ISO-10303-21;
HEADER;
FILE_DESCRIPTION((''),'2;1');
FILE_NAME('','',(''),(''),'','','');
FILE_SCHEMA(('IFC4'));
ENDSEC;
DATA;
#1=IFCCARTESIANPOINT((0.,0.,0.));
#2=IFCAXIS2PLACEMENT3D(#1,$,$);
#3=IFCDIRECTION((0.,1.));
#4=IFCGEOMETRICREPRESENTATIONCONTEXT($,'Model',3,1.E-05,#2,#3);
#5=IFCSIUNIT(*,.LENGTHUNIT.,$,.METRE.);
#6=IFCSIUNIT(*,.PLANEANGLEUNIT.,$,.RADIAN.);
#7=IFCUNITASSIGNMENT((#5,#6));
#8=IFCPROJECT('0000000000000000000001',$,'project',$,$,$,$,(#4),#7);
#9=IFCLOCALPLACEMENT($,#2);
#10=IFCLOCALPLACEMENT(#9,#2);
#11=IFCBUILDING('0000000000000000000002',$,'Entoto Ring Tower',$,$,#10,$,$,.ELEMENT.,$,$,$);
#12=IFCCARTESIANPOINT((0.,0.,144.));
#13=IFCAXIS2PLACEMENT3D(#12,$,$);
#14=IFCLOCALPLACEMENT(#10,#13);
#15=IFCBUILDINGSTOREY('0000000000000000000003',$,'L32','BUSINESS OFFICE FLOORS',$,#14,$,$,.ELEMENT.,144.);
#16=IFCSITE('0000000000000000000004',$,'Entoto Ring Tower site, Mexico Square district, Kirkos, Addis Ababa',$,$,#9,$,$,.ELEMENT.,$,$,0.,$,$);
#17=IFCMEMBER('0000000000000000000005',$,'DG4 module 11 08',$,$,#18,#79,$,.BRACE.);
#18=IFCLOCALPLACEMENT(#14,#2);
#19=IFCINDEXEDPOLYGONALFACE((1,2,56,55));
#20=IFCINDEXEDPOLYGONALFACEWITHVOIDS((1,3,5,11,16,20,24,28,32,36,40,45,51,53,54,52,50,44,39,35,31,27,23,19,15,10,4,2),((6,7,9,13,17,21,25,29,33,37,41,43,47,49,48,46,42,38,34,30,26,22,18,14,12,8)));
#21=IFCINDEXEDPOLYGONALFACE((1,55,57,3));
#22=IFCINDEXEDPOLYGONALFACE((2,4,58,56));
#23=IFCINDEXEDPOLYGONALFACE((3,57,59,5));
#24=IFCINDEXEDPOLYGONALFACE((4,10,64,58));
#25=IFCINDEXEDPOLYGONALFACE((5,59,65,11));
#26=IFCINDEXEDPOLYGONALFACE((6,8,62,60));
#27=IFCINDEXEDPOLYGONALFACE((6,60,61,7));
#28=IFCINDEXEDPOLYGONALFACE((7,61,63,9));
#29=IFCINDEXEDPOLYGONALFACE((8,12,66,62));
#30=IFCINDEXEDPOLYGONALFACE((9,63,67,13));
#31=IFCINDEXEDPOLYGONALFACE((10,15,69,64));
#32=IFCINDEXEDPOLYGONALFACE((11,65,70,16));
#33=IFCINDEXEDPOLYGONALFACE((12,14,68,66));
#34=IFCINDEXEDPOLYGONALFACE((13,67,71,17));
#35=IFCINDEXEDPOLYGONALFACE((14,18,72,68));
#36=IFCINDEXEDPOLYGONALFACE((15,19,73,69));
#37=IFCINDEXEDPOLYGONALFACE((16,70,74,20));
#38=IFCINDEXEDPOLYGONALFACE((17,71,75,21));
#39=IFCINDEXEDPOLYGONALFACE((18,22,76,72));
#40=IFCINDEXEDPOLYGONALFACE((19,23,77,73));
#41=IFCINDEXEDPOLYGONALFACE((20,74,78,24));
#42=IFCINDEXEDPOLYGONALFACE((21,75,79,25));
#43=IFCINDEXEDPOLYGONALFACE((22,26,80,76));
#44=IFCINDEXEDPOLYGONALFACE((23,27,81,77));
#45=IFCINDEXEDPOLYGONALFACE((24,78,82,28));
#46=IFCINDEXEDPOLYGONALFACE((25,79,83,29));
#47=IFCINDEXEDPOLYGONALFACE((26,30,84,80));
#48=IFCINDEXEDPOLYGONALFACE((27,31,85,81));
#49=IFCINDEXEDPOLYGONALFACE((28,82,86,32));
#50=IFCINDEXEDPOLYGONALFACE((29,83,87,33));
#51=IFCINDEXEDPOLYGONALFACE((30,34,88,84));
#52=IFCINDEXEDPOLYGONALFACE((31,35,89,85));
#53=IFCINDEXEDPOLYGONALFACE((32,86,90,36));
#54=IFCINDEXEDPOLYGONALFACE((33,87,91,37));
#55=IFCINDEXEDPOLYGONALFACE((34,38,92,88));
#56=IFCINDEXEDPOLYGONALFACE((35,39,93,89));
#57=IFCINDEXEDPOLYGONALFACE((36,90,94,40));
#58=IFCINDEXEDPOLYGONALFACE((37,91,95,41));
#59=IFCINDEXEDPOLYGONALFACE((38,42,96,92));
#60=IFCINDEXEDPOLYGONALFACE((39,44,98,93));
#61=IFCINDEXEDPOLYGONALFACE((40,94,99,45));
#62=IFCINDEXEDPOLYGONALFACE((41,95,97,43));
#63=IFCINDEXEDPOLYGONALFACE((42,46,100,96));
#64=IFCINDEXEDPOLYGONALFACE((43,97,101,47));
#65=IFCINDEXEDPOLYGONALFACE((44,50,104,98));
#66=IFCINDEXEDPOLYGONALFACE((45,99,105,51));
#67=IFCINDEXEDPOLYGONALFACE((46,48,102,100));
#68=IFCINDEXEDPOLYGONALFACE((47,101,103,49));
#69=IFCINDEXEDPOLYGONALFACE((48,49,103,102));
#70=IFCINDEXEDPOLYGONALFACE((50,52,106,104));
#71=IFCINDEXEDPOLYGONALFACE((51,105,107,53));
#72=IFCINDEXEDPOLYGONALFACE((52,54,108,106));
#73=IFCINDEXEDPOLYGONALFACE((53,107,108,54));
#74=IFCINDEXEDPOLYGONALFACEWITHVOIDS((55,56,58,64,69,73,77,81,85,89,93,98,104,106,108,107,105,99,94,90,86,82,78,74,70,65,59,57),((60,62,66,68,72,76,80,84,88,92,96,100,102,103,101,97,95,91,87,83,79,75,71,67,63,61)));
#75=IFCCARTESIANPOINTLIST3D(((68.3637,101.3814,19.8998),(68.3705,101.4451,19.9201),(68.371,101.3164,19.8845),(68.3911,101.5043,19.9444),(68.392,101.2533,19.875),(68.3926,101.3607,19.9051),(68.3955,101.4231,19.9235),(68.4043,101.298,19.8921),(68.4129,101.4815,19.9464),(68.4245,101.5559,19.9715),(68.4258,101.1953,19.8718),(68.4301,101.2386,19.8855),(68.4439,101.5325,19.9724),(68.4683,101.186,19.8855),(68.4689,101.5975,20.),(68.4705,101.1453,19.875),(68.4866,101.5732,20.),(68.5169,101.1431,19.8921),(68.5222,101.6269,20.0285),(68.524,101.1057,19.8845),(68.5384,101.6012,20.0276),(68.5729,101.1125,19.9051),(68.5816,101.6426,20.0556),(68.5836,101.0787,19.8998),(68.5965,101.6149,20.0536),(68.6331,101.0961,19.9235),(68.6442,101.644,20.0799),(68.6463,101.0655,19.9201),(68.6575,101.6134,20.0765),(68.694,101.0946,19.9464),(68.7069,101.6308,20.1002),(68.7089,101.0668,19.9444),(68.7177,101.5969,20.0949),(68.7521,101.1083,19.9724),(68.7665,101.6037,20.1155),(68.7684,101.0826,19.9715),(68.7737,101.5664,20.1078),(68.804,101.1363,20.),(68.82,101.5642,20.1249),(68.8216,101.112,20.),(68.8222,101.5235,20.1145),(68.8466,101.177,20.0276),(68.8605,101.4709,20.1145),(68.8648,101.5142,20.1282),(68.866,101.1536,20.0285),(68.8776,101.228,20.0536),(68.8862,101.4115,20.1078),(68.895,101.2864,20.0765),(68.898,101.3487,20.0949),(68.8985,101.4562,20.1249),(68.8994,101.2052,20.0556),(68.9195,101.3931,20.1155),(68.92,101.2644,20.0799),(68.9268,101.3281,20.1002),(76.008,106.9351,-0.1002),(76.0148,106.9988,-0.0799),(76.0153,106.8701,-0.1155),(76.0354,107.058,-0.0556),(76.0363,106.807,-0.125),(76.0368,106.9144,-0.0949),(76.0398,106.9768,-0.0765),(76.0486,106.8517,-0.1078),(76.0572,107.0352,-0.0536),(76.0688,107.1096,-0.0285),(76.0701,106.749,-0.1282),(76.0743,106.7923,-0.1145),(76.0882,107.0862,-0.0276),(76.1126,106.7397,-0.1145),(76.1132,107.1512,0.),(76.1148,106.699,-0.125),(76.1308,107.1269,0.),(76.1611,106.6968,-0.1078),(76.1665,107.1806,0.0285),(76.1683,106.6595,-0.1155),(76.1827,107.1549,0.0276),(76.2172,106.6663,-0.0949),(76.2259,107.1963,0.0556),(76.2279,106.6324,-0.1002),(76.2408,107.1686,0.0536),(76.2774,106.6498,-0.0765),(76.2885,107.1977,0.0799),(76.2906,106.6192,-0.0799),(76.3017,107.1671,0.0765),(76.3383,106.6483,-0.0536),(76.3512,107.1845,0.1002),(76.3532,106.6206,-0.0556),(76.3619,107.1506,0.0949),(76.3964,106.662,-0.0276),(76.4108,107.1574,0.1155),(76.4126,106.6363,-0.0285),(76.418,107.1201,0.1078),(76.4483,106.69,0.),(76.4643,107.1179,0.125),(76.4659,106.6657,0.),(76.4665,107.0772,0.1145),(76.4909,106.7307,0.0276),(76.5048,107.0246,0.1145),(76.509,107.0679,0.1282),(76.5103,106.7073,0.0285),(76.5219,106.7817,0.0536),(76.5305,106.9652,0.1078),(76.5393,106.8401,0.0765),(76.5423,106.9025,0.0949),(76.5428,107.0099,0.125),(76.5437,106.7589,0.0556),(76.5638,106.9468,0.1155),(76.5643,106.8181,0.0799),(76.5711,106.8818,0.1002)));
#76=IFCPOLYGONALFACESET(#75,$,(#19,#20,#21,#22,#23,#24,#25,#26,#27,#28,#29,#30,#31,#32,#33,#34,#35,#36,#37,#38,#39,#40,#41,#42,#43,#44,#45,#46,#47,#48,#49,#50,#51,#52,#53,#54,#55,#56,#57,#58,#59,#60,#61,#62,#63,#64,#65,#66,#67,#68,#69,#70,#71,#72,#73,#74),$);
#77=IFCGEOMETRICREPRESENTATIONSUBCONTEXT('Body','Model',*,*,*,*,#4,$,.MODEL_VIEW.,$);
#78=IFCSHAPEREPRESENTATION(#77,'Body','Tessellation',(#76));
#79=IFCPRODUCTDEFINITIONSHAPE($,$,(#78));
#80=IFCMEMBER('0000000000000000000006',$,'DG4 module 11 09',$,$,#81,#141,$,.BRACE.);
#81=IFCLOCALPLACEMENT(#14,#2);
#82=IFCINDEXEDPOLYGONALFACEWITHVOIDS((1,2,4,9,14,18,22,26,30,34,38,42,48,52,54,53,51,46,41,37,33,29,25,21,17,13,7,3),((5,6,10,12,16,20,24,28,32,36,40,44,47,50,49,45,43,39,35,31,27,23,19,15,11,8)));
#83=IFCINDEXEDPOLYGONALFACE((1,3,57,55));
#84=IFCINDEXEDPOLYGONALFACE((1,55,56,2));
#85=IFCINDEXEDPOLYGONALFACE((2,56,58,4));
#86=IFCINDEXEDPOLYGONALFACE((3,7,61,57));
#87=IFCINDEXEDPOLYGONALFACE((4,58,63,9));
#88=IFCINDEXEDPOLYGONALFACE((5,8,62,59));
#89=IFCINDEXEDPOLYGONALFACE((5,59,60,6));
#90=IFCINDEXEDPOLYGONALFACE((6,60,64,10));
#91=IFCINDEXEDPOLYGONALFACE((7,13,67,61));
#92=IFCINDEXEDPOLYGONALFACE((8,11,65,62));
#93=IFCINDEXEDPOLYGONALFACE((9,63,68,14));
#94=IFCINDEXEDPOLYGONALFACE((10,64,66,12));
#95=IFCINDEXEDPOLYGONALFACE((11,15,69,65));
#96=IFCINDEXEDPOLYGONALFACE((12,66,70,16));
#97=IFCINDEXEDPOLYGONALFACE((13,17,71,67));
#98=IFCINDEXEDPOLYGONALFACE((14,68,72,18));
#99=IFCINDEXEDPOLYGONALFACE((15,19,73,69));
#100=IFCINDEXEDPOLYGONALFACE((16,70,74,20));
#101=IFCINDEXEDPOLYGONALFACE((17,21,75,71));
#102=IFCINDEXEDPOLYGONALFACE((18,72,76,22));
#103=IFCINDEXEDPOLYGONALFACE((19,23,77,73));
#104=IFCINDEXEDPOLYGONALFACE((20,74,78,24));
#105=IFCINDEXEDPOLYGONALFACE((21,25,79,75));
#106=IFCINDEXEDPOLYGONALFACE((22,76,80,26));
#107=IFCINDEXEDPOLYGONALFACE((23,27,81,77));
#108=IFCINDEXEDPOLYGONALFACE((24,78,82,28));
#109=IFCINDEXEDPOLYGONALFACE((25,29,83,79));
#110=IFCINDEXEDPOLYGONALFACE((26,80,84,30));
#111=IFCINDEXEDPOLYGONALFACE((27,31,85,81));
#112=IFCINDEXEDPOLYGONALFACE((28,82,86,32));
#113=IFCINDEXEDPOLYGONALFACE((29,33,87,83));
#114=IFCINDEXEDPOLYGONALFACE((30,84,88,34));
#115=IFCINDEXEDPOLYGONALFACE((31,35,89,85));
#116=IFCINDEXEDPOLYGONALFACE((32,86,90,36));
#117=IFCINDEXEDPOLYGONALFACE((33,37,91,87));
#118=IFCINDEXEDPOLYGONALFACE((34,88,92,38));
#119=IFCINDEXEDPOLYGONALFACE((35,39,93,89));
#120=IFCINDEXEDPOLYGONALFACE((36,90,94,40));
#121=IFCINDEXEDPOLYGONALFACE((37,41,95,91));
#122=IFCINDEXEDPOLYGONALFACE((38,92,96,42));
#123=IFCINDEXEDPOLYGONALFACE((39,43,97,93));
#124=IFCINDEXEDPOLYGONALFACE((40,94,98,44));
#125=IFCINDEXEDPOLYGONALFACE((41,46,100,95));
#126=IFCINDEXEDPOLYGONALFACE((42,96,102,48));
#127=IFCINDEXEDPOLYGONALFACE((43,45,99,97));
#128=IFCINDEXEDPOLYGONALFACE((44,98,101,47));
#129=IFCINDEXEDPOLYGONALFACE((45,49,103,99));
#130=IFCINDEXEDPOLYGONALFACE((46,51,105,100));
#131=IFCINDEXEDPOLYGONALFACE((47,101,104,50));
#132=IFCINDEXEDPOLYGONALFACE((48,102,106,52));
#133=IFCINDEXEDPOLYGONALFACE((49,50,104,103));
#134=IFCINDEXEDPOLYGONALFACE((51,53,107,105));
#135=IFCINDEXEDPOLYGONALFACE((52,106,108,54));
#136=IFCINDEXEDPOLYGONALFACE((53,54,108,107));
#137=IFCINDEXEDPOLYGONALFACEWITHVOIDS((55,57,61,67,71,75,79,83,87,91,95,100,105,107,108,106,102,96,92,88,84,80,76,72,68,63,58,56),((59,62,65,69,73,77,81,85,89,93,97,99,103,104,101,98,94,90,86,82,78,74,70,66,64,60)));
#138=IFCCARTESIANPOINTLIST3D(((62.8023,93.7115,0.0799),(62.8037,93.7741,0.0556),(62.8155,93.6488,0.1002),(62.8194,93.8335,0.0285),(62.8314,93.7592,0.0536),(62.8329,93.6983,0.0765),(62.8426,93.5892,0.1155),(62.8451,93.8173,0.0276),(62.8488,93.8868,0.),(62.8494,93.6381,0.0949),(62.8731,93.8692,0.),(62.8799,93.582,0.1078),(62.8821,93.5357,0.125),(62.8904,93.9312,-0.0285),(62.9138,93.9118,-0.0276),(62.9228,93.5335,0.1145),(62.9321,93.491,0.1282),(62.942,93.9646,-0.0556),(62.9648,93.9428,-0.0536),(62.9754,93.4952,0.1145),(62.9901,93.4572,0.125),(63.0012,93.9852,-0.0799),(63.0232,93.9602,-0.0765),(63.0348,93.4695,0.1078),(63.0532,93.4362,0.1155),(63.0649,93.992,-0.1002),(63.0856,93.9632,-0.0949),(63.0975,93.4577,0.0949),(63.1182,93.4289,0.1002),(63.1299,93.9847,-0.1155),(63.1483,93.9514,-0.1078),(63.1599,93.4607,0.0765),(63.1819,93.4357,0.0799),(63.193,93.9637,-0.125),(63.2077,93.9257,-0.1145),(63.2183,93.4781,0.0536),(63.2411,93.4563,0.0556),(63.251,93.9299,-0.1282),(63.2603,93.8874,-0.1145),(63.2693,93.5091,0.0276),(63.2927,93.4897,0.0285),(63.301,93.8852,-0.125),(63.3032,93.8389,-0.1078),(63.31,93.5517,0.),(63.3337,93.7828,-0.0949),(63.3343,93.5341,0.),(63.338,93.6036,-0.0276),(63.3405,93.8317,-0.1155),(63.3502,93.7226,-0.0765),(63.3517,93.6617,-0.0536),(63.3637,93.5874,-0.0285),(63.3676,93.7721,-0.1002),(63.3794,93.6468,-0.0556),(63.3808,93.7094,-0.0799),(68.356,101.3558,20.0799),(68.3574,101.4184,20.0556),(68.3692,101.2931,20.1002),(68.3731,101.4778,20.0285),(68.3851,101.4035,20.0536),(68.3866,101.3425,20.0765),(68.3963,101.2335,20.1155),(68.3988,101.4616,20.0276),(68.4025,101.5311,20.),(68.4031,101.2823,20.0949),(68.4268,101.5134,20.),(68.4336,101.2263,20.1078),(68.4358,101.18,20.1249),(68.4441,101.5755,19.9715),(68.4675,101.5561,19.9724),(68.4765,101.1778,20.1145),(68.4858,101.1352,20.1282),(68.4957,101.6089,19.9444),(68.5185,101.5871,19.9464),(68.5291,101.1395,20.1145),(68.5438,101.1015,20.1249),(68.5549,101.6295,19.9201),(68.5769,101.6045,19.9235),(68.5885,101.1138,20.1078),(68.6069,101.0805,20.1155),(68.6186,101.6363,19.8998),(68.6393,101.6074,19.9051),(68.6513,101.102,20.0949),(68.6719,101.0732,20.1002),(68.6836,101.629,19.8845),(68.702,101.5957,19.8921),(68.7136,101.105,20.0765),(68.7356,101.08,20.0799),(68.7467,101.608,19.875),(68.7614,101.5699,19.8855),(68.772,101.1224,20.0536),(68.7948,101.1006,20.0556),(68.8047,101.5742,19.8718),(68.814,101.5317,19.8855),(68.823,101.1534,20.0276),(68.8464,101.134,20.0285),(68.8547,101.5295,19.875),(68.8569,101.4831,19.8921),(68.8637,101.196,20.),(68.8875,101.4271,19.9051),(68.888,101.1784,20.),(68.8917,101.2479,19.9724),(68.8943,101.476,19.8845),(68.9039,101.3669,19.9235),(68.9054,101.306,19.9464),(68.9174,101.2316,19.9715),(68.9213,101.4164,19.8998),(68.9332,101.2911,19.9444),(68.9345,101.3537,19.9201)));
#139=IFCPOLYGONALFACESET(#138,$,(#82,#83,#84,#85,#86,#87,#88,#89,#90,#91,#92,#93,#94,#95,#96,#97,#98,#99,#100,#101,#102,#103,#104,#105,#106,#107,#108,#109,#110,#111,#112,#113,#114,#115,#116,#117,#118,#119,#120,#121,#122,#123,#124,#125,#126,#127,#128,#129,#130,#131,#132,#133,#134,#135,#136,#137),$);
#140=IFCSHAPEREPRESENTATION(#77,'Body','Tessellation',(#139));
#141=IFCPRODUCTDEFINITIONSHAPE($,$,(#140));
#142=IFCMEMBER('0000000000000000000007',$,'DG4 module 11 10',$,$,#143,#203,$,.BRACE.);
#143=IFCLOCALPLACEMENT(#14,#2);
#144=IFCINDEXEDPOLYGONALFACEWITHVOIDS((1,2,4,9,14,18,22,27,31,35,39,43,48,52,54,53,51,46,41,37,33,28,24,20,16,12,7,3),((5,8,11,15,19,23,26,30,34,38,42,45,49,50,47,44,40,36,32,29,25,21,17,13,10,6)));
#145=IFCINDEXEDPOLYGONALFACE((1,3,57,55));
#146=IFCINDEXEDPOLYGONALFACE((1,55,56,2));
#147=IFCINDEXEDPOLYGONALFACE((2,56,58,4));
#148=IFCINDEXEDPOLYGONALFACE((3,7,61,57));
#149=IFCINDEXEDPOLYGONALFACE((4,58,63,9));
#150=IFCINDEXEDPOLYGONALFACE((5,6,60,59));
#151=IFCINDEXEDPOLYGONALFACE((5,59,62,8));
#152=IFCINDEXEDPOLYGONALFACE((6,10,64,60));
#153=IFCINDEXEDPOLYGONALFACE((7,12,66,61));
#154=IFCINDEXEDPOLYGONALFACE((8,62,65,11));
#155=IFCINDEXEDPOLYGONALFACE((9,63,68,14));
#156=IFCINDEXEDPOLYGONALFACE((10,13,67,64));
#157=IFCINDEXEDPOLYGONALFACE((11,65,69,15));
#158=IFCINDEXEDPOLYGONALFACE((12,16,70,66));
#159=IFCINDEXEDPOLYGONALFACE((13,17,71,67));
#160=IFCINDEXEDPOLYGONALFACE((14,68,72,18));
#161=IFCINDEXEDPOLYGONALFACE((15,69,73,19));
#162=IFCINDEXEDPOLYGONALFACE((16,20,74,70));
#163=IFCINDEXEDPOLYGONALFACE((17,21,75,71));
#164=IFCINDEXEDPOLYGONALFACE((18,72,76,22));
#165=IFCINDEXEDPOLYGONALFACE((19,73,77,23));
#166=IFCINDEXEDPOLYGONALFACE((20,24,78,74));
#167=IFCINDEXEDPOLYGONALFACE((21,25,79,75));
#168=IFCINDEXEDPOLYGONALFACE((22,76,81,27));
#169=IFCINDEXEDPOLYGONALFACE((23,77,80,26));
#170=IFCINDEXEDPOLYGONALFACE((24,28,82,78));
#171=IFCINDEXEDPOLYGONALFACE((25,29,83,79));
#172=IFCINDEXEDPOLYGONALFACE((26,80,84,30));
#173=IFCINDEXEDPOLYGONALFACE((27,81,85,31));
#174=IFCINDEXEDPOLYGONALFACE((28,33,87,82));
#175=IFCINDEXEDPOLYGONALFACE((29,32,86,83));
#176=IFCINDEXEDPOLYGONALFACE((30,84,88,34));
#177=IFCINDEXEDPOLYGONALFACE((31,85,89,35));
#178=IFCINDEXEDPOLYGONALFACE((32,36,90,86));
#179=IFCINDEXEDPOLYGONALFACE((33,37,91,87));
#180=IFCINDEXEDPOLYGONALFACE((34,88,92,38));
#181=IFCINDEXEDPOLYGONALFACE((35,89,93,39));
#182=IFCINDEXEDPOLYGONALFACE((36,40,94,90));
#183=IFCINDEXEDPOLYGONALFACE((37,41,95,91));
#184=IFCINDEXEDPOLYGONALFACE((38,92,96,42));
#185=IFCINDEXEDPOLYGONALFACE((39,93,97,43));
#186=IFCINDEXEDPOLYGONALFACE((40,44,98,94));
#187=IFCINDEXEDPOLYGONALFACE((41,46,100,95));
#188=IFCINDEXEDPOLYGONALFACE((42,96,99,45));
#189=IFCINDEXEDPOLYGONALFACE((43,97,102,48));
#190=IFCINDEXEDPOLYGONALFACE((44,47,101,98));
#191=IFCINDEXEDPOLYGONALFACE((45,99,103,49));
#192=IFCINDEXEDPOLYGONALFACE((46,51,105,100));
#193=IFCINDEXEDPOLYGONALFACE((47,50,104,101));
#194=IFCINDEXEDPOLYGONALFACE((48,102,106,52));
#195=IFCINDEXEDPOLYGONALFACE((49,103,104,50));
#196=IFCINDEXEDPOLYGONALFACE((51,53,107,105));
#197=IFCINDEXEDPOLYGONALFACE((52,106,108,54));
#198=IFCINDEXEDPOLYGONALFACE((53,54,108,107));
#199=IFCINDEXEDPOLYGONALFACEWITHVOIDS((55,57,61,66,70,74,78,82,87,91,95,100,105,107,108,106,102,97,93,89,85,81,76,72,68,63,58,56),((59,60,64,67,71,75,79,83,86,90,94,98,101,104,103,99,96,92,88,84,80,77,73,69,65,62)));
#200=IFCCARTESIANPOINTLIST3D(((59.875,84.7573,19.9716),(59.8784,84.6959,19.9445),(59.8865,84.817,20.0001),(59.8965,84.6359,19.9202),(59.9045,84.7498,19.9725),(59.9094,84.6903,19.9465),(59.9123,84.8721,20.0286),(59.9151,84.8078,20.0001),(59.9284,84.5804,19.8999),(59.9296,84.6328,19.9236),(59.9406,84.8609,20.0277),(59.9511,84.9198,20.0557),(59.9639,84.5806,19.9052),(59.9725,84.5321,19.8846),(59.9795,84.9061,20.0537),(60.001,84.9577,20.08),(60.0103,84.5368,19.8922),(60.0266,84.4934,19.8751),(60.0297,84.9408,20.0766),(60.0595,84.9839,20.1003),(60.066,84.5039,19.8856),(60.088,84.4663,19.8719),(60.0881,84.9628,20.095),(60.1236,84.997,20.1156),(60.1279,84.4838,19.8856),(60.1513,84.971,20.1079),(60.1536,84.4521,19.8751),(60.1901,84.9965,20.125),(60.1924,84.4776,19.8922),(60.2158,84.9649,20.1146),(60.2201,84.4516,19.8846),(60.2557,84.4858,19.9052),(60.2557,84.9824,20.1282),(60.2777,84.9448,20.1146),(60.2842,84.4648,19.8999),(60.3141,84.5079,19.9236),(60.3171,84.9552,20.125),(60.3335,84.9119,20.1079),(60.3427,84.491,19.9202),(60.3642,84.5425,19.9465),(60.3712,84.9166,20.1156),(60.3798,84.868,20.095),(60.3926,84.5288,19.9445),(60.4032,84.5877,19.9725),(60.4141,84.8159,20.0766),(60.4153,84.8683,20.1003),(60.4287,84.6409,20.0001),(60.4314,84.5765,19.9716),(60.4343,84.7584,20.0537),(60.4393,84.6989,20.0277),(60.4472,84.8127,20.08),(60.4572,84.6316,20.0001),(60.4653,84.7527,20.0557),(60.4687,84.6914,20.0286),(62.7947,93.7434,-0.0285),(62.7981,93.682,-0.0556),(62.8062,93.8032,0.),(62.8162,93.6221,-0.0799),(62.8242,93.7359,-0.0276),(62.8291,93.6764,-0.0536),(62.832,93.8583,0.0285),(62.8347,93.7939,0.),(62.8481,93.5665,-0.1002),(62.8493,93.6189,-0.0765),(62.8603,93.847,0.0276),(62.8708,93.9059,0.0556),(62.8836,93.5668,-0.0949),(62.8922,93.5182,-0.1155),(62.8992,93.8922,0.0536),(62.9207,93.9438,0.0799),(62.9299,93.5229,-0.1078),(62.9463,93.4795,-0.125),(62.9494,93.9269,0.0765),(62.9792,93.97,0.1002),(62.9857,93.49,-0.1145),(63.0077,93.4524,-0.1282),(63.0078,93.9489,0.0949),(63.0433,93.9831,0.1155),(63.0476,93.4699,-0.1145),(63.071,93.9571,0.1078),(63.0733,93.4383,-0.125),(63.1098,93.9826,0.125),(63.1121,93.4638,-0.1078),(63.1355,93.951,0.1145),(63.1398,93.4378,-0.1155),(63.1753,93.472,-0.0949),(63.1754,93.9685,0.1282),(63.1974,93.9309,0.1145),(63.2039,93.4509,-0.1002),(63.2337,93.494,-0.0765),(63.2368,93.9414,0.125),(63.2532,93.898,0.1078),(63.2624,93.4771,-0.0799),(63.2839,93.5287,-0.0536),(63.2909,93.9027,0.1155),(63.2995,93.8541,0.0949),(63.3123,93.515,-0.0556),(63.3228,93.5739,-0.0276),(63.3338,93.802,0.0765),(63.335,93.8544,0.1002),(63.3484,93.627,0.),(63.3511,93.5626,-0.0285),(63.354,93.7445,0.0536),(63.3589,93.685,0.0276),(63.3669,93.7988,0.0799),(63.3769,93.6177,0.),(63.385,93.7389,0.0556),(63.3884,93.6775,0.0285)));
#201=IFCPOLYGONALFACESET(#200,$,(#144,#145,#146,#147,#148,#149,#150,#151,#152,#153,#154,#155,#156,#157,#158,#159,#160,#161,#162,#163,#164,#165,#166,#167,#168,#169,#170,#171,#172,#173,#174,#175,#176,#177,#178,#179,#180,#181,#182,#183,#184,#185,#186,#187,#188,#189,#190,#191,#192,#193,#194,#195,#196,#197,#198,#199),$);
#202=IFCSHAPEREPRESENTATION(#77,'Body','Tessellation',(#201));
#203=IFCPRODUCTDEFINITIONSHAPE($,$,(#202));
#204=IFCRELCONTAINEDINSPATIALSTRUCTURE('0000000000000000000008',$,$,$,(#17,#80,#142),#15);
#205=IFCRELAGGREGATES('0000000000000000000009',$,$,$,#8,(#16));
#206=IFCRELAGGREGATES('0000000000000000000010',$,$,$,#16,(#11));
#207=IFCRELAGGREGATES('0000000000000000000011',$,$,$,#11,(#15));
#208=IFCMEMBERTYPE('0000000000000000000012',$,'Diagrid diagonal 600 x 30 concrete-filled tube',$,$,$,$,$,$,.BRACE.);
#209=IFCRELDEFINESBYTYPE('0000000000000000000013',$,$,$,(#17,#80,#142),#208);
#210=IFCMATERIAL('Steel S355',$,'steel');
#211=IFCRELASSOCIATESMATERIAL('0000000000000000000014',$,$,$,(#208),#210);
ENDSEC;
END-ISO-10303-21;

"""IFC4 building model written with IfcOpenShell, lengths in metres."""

from ifc_helpers import new_model, si_unit, direction, frame, origin, origin_2d, place, context, subcontext, project, spatial, circle, hollow_circle, extrude, material, material_profile, profile_set, type_object, element, save


model = new_model("IFC4")

# Units and contexts
model_context = context("Model", 3, precision=1e-05, world=origin(), true_north=direction((0.0, 1.0)))
body_context = subcontext(model_context, "Body", "Model", "MODEL_VIEW")
ifc_project = project(units=[si_unit("LENGTHUNIT", "METRE"), si_unit("PLANEANGLEUNIT", "RADIAN")], contexts=[model_context])

# Site, building, storey
site_placement = place(None, origin())
site = spatial("IfcSite", under=ifc_project, at=site_placement, Name="Entoto Ring Tower site, Mexico Square district, Kirkos, Addis Ababa", CompositionType="ELEMENT", RefElevation=0.0)
building_placement = place(site_placement, origin())
building = spatial("IfcBuilding", under=site, at=building_placement, Name="Entoto Ring Tower", CompositionType="ELEMENT")
storey_placement = place(building_placement, frame((0.0, 0.0, 144.0)))
storey = spatial("IfcBuildingStorey", under=building, at=storey_placement, Name="L32", Description="BUSINESS OFFICE FLOORS", CompositionType="ELEMENT", Elevation=144.0)

# Members
ifc_material_1 = material(Name="Steel S355", Category="steel")
ifc_material_profile_1 = material_profile(ifc_material_1, hollow_circle(Radius=0.3, WallThickness=0.03, at=origin_2d()), Name="CHS 600 x 30")
ifc_material_2 = material(Name="Concrete C60/75", Category="concrete")
ifc_material_profile_2 = material_profile(ifc_material_2, circle(Radius=0.27, at=origin_2d()), Name="Concrete C60/75 infill")
ifc_profile_set_1 = profile_set([ifc_material_profile_1, ifc_material_profile_2], Name="Steel S355")
member_type_1 = type_object("IfcMemberType", Name="Diagrid diagonal 600 x 30 concrete-filled tube", PredefinedType="BRACE", material=ifc_profile_set_1)
for number, where, z_axis, x_axis, name in (
    (1, (76.2896, 106.9084, 0.0), (-0.345588, -0.251076, 0.904174), (0.587772, -0.809026, 0.0), "DG4 module 11 08"),
    (2, (63.0916, 93.7104, 0.0), (0.251076, 0.345588, 0.904174), (-0.809026, 0.587772, 0.0), "DG4 module 11 09"),
    (3, (63.0916, 93.7104, 0.0), (-0.131995, -0.406251, 0.904178), (0.951059, -0.30901, 0.0), "DG4 module 11 10"),
):
    element("IfcMember", number, at=place(storey_placement, frame(where, z_axis=z_axis, x_axis=x_axis)), inside=storey, type_object=member_type_1, Name=name, PredefinedType="BRACE", context=body_context, shape_type="SweptSolid", body=[
        extrude(hollow_circle(Radius=0.3, WallThickness=0.03, at=origin_2d()), origin(), (0.0, 0.0, 1.0), 22.1196),
    ])

save(model, "model.ifc")
